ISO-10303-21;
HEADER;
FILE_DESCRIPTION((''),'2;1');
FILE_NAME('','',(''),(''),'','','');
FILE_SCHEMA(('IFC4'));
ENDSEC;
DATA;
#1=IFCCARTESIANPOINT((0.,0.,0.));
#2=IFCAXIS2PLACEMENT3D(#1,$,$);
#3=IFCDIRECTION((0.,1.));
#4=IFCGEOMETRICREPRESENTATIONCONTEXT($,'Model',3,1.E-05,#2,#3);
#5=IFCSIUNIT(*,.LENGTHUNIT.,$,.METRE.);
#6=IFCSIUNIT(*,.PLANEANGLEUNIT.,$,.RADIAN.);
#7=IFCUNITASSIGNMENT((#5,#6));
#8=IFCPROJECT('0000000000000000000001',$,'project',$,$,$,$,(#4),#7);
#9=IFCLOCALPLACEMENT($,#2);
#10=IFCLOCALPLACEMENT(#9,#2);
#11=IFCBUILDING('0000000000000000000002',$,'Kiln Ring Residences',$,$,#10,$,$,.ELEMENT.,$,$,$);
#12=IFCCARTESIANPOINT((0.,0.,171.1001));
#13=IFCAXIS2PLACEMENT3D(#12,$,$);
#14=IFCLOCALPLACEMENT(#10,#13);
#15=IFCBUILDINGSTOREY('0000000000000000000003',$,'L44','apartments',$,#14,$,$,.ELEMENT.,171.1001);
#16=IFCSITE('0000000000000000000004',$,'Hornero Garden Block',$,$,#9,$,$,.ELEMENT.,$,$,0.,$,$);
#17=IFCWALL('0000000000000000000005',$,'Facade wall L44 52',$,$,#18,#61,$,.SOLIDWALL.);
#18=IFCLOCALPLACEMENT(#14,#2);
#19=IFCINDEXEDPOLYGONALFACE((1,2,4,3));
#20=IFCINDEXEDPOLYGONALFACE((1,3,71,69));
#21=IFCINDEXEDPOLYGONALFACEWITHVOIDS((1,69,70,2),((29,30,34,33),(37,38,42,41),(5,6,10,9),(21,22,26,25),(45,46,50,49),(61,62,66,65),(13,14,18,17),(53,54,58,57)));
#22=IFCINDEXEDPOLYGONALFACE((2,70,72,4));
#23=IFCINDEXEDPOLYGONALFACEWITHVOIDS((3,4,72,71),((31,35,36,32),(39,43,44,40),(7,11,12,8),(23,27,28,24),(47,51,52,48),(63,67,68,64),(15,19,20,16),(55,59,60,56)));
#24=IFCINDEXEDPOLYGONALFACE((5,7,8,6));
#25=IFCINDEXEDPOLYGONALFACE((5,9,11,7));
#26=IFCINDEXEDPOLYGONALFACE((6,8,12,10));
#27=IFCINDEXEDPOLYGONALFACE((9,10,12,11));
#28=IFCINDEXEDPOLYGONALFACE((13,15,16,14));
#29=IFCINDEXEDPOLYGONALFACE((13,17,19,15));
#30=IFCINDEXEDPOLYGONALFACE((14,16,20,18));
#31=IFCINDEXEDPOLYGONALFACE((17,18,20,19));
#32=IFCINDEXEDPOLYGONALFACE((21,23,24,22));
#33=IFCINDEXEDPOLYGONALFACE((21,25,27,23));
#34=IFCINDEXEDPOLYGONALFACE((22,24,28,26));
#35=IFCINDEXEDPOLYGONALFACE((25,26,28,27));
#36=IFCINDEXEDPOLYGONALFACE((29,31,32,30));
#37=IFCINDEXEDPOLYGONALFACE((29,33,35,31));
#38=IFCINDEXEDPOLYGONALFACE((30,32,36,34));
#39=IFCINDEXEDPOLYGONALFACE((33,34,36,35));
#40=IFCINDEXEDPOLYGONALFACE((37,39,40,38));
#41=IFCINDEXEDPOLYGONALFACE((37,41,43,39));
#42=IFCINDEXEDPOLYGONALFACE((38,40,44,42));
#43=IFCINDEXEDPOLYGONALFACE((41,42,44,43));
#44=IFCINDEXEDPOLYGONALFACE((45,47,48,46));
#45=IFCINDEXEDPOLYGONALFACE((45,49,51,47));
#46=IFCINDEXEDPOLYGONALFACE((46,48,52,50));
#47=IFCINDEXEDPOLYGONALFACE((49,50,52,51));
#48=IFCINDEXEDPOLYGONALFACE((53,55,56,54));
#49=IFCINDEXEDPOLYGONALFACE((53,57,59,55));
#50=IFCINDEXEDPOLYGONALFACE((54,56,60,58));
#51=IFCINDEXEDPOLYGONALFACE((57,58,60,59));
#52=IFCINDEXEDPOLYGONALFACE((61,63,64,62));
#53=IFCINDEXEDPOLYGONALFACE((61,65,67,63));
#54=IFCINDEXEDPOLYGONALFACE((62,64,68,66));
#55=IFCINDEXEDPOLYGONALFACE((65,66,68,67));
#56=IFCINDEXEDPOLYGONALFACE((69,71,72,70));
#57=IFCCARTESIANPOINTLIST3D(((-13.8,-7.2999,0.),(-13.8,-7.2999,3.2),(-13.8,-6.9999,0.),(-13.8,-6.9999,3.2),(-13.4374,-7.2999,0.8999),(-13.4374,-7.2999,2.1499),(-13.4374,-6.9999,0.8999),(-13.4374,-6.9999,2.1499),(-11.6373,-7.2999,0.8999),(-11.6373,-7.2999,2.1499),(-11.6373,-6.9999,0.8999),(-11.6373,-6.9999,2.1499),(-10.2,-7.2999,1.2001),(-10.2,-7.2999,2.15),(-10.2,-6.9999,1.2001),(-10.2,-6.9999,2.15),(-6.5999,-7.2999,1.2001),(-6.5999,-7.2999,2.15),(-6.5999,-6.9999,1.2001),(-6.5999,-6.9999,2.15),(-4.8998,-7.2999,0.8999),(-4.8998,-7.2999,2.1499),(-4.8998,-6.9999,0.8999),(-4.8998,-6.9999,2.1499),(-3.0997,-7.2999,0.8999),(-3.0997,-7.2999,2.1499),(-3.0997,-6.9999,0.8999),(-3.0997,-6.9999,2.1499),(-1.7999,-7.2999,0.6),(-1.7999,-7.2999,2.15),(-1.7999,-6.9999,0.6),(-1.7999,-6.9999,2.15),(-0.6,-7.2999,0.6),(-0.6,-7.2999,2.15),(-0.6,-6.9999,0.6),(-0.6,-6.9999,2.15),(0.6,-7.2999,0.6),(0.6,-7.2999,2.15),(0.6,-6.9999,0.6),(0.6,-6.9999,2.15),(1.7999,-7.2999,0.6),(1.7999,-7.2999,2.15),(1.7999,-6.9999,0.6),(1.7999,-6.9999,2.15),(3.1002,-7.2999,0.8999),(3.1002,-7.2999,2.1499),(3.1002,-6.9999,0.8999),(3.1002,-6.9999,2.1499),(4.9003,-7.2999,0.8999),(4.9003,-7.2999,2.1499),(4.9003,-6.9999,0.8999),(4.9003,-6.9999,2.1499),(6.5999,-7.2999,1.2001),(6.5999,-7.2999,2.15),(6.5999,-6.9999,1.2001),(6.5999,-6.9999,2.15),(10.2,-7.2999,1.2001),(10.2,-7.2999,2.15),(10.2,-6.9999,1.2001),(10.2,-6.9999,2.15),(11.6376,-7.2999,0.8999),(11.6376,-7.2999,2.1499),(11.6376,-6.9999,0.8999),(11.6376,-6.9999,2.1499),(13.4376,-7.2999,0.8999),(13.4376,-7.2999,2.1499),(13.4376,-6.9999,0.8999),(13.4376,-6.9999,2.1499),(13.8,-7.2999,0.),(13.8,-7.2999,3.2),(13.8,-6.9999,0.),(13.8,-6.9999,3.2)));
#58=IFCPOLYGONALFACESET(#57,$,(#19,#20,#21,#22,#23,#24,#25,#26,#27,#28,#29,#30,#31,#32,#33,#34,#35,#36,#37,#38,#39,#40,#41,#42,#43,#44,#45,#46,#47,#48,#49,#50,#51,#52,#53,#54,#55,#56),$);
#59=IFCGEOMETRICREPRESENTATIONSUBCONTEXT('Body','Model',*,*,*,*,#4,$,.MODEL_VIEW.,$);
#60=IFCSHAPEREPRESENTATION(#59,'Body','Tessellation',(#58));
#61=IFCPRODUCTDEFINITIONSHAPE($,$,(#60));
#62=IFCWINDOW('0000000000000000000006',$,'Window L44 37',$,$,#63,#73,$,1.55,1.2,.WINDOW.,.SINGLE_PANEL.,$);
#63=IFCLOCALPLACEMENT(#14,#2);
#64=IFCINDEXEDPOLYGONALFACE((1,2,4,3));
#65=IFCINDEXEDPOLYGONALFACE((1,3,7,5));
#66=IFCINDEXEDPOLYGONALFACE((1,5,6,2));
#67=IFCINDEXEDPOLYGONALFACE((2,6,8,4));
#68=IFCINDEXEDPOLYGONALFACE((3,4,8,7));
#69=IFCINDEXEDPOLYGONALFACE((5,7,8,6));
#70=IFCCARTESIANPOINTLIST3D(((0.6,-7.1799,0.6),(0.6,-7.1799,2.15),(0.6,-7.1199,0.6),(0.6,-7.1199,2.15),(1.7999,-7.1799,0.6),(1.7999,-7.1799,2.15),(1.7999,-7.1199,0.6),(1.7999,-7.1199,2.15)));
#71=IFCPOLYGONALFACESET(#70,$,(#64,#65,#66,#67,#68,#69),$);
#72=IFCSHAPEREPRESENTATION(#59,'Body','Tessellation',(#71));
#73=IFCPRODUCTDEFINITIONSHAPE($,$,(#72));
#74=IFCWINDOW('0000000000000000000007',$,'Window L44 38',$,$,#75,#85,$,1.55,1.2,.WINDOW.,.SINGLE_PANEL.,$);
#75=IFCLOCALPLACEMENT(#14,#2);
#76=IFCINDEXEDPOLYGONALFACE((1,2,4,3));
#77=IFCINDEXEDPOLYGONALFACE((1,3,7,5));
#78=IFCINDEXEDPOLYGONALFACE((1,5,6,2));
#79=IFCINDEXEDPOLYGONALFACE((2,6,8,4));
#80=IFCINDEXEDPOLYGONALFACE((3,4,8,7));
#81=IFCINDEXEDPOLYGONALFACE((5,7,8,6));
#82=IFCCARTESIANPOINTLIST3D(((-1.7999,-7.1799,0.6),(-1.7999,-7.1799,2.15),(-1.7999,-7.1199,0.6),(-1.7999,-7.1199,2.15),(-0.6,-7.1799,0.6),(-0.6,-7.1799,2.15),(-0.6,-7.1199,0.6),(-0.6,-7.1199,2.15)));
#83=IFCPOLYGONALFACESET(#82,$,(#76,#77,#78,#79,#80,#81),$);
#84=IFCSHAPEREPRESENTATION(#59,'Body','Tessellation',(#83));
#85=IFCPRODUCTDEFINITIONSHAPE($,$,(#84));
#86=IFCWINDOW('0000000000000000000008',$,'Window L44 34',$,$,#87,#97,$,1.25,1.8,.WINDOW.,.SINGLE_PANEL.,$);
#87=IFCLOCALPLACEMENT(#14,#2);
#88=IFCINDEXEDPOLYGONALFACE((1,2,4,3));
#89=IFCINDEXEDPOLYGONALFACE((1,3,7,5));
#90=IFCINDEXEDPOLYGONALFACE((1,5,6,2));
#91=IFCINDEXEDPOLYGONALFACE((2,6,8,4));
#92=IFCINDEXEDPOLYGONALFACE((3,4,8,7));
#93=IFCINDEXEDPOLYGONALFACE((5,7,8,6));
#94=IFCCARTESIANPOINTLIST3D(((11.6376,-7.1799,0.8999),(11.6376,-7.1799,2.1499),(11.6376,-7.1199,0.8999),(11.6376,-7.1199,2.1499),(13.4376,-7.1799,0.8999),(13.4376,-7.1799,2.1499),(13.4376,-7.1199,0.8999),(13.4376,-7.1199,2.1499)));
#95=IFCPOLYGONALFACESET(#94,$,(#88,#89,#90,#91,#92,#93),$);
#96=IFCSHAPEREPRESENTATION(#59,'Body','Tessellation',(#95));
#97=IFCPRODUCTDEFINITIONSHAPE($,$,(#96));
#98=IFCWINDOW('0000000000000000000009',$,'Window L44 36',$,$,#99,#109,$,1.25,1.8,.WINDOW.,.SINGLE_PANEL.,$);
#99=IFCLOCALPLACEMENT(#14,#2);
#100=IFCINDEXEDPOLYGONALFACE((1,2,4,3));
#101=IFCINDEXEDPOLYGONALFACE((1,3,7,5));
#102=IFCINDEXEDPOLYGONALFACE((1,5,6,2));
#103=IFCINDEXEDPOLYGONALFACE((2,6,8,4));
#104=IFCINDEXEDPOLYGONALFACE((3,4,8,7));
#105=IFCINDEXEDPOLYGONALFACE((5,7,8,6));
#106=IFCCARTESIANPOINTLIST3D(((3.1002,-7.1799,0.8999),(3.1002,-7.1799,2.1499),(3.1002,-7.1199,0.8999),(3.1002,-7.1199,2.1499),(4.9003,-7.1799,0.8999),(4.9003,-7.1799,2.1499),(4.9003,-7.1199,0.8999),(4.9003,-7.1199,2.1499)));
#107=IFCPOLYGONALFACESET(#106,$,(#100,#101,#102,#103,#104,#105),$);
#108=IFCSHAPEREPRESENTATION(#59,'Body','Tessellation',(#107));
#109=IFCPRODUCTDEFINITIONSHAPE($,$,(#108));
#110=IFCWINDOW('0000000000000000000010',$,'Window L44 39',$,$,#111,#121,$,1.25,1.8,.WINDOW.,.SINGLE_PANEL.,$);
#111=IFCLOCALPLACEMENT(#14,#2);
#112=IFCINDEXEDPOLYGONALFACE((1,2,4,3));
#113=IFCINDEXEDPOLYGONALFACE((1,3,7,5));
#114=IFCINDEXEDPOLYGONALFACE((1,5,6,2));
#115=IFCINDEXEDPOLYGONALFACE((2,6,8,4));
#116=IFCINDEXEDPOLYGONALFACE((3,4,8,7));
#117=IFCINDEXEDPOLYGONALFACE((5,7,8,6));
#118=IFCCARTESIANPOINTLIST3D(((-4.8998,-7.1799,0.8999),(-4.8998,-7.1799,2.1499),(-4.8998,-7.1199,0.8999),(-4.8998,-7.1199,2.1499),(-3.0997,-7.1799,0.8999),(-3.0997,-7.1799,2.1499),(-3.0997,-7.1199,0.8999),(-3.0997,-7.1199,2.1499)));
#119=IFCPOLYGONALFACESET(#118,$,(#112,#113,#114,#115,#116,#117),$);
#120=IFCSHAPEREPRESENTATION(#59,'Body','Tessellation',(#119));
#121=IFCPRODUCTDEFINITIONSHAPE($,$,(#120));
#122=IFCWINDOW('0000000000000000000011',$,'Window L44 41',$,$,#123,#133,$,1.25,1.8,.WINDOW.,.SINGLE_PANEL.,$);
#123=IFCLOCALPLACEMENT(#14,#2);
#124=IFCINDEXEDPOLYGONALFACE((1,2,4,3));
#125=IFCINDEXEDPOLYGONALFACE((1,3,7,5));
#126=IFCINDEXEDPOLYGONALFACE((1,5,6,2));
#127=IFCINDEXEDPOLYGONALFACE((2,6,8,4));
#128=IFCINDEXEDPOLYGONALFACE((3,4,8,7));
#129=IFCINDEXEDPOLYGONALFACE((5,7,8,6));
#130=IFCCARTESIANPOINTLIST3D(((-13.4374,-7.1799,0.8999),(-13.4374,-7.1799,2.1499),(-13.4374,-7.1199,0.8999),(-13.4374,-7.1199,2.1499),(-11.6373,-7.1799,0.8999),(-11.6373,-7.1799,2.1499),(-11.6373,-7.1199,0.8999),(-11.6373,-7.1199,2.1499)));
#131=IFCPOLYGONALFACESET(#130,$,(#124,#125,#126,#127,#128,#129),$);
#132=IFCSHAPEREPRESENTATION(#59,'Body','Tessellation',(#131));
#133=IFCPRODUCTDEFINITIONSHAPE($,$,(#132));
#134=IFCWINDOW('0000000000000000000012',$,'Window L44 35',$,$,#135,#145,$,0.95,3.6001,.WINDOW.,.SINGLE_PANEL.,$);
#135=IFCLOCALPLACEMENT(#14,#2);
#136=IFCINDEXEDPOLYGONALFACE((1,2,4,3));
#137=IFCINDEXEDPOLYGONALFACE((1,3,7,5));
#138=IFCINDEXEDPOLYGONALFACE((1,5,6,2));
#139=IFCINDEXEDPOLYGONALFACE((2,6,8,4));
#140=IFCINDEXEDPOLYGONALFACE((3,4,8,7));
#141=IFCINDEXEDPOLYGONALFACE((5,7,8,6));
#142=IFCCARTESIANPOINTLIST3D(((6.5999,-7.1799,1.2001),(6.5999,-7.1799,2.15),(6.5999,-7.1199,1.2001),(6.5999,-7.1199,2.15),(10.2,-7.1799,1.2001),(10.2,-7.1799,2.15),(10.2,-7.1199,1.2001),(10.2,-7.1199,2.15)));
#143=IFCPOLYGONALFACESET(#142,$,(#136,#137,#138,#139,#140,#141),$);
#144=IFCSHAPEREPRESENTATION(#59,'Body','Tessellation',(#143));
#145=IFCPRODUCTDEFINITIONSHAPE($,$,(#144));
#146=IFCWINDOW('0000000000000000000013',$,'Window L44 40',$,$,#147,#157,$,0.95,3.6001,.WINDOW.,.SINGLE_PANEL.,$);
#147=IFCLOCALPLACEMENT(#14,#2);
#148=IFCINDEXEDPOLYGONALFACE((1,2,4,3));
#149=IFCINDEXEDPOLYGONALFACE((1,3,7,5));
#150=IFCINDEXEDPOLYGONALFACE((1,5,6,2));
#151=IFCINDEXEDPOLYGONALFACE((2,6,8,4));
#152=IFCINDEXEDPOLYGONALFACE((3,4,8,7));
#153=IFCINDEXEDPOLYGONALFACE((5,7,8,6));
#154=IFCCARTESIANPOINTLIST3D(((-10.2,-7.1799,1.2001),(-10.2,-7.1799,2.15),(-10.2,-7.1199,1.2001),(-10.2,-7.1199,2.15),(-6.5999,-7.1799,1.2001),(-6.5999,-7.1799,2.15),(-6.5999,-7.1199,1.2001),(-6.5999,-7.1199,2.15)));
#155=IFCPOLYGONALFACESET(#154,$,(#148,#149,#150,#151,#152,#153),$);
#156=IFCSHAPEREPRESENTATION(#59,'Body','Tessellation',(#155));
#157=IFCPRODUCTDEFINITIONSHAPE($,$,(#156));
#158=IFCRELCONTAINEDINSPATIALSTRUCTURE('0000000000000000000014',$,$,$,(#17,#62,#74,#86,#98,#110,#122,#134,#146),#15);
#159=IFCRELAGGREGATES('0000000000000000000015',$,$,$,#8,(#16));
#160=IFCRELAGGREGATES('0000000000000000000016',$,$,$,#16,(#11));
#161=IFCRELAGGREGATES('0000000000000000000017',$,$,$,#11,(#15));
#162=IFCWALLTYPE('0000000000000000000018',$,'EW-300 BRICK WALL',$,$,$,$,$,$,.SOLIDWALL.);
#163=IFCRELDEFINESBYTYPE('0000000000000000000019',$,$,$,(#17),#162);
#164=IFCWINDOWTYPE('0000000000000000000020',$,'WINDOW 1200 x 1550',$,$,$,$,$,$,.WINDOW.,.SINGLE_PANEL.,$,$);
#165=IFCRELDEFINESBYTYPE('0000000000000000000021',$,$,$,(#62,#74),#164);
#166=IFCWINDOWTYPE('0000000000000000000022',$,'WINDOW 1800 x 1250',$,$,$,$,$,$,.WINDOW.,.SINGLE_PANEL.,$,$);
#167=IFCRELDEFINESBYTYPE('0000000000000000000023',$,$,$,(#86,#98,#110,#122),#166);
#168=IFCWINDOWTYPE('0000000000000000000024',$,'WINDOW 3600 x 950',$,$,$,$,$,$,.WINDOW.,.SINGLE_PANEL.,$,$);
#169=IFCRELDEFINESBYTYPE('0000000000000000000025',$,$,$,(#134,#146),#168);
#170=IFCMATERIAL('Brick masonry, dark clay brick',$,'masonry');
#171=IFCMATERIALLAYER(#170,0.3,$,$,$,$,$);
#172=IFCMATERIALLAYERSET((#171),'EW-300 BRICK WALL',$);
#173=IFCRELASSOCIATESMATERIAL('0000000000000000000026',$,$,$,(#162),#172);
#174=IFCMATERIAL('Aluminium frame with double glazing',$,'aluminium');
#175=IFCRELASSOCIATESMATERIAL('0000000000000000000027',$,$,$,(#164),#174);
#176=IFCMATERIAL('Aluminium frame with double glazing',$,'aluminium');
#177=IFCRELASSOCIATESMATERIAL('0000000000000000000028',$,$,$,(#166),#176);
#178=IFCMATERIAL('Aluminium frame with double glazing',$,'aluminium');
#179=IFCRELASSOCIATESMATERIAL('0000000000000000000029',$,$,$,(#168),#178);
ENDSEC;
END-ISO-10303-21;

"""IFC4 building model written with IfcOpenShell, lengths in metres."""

from ifc_helpers import new_model, si_unit, direction, frame, frame_2d, origin, place, context, subcontext, project, spatial, rectangle, extrude, material, layer, layer_set, type_object, element, fill, save


model = new_model("IFC4")

# Units and contexts
model_context = context("Model", 3, precision=1e-05, world=origin(), true_north=direction((0.0, 1.0)))
body_context = subcontext(model_context, "Body", "Model", "MODEL_VIEW")
ifc_project = project(units=[si_unit("LENGTHUNIT", "METRE"), si_unit("PLANEANGLEUNIT", "RADIAN")], contexts=[model_context])

# Site, building, storey
site_placement = place(None, origin())
site = spatial("IfcSite", under=ifc_project, at=site_placement, Name="Hornero Garden Block", CompositionType="ELEMENT", RefElevation=0.0)
building_placement = place(site_placement, origin())
building = spatial("IfcBuilding", under=site, at=building_placement, Name="Kiln Ring Residences", CompositionType="ELEMENT")
storey_placement = place(building_placement, frame((0.0, 0.0, 171.1001)))
storey = spatial("IfcBuildingStorey", under=building, at=storey_placement, Name="L44", Description="apartments", CompositionType="ELEMENT", Elevation=171.1001)

# Wall, openings, windows
ifc_material_1 = material(Name="Brick masonry, dark clay brick", Category="masonry")
ifc_layer_1 = layer(ifc_material_1, 0.3)
ifc_layer_set_1 = layer_set([ifc_layer_1], Name="EW-300 BRICK WALL")
wall_type = type_object("IfcWallType", Name="EW-300 BRICK WALL", PredefinedType="SOLIDWALL", material=ifc_layer_set_1)
wall_1_placement = place(storey_placement, frame((13.8, -7.1499, 0.0), z_axis=(0.0, 0.0, 1.0), x_axis=(-1.0, 0.0, 0.0)))
wall_1 = element("IfcWall", 1, at=wall_1_placement, inside=storey, type_object=wall_type, Name="Facade wall L44 52", PredefinedType="SOLIDWALL", context=body_context, shape_type="SweptSolid", body=[
    extrude(rectangle(XDim=27.6001, YDim=0.3, at=frame_2d((13.8, 0.0))), origin(), (0.0, 0.0, 1.0), 3.2),
])
opening_1_placement = place(wall_1_placement, frame((0.3625, 0.0, 0.8999)))
opening_1 = element("IfcOpeningElement", 2, at=opening_1_placement, cuts=wall_1, PredefinedType="OPENING", context=body_context, shape_type="SweptSolid", body=[
    extrude(rectangle(XDim=1.8, YDim=1.25, at=frame_2d((0.8999, 0.625))), frame((0.0, 0.1599, 0.0), z_axis=(0.0, -1.0, 0.0), x_axis=(1.0, 0.0, 0.0)), (0.0, 0.0, 1.0), 0.3201),
])
opening_2_placement = place(wall_1_placement, frame((3.6001, 0.0, 1.2)))
opening_2 = element("IfcOpeningElement", 3, at=opening_2_placement, cuts=wall_1, PredefinedType="OPENING", context=body_context, shape_type="SweptSolid", body=[
    extrude(rectangle(XDim=3.6001, YDim=0.95, at=frame_2d((1.8, 0.4751))), frame((0.0, 0.1599, 0.0), z_axis=(0.0, -1.0, 0.0), x_axis=(1.0, 0.0, 0.0)), (0.0, 0.0, 1.0), 0.3201),
])
opening_3_placement = place(wall_1_placement, frame((8.8999, 0.0, 0.8999)))
opening_3 = element("IfcOpeningElement", 4, at=opening_3_placement, cuts=wall_1, PredefinedType="OPENING", context=body_context, shape_type="SweptSolid", body=[
    extrude(rectangle(XDim=1.8, YDim=1.25, at=frame_2d((0.8999, 0.625))), frame((0.0, 0.1599, 0.0), z_axis=(0.0, -1.0, 0.0), x_axis=(1.0, 0.0, 0.0)), (0.0, 0.0, 1.0), 0.3201),
])
opening_4_placement = place(wall_1_placement, frame((12.0, 0.0, 0.6001)))
opening_4 = element("IfcOpeningElement", 5, at=opening_4_placement, cuts=wall_1, PredefinedType="OPENING", context=body_context, shape_type="SweptSolid", body=[
    extrude(rectangle(XDim=1.2, YDim=1.55, at=frame_2d((0.6001, 0.7749))), frame((0.0, 0.1599, 0.0), z_axis=(0.0, -1.0, 0.0), x_axis=(1.0, 0.0, 0.0)), (0.0, 0.0, 1.0), 0.3201),
])
opening_5_placement = place(wall_1_placement, frame((14.3999, 0.0, 0.6001)))
opening_5 = element("IfcOpeningElement", 6, at=opening_5_placement, cuts=wall_1, PredefinedType="OPENING", context=body_context, shape_type="SweptSolid", body=[
    extrude(rectangle(XDim=1.2, YDim=1.55, at=frame_2d((0.6001, 0.7749))), frame((0.0, 0.1599, 0.0), z_axis=(0.0, -1.0, 0.0), x_axis=(1.0, 0.0, 0.0)), (0.0, 0.0, 1.0), 0.3201),
])
opening_6_placement = place(wall_1_placement, frame((16.8999, 0.0, 0.8999)))
opening_6 = element("IfcOpeningElement", 7, at=opening_6_placement, cuts=wall_1, PredefinedType="OPENING", context=body_context, shape_type="SweptSolid", body=[
    extrude(rectangle(XDim=1.8, YDim=1.25, at=frame_2d((0.8999, 0.625))), frame((0.0, 0.1599, 0.0), z_axis=(0.0, -1.0, 0.0), x_axis=(1.0, 0.0, 0.0)), (0.0, 0.0, 1.0), 0.3201),
])
opening_7_placement = place(wall_1_placement, frame((20.3999, 0.0, 1.2)))
opening_7 = element("IfcOpeningElement", 8, at=opening_7_placement, cuts=wall_1, PredefinedType="OPENING", context=body_context, shape_type="SweptSolid", body=[
    extrude(rectangle(XDim=3.6001, YDim=0.95, at=frame_2d((1.8, 0.4751))), frame((0.0, 0.1599, 0.0), z_axis=(0.0, -1.0, 0.0), x_axis=(1.0, 0.0, 0.0)), (0.0, 0.0, 1.0), 0.3201),
])
opening_8_placement = place(wall_1_placement, frame((25.4375, 0.0, 0.8999)))
opening_8 = element("IfcOpeningElement", 9, at=opening_8_placement, cuts=wall_1, PredefinedType="OPENING", context=body_context, shape_type="SweptSolid", body=[
    extrude(rectangle(XDim=1.8, YDim=1.25, at=frame_2d((0.8999, 0.625))), frame((0.0, 0.1599, 0.0), z_axis=(0.0, -1.0, 0.0), x_axis=(1.0, 0.0, 0.0)), (0.0, 0.0, 1.0), 0.3201),
])
ifc_material_2 = material(Name="Aluminium frame with double glazing", Category="aluminium")
window_type_1 = type_object("IfcWindowType", Name="WINDOW 1200 x 1550", PartitioningType="SINGLE_PANEL", PredefinedType="WINDOW", material=ifc_material_2)
window_1_placement = place(opening_4_placement, origin())
window_1 = element("IfcWindow", 10, at=window_1_placement, inside=storey, type_object=window_type_1, Name="Window L44 37", OverallHeight=1.55, OverallWidth=1.2, PartitioningType="SINGLE_PANEL", PredefinedType="WINDOW", context=body_context, shape_type="SweptSolid", body=[
    extrude(rectangle(XDim=1.2, YDim=1.55, at=frame_2d((0.6001, 0.7749))), frame((0.0, 0.03, 0.0), z_axis=(0.0, -1.0, 0.0), x_axis=(1.0, 0.0, 0.0)), (0.0, 0.0, 1.0), 0.0601),
])
fill(opening_4, window_1)
window_2_placement = place(opening_5_placement, origin())
window_2 = element("IfcWindow", 11, at=window_2_placement, inside=storey, type_object=window_type_1, Name="Window L44 38", OverallHeight=1.55, OverallWidth=1.2, PartitioningType="SINGLE_PANEL", PredefinedType="WINDOW", context=body_context, shape_type="SweptSolid", body=[
    extrude(rectangle(XDim=1.2, YDim=1.55, at=frame_2d((0.6001, 0.7749))), frame((0.0, 0.03, 0.0), z_axis=(0.0, -1.0, 0.0), x_axis=(1.0, 0.0, 0.0)), (0.0, 0.0, 1.0), 0.0601),
])
fill(opening_5, window_2)
ifc_material_3 = material(Name="Aluminium frame with double glazing", Category="aluminium")
window_type_2 = type_object("IfcWindowType", Name="WINDOW 1800 x 1250", PartitioningType="SINGLE_PANEL", PredefinedType="WINDOW", material=ifc_material_3)
window_3_placement = place(opening_1_placement, origin())
window_3 = element("IfcWindow", 12, at=window_3_placement, inside=storey, type_object=window_type_2, Name="Window L44 34", OverallHeight=1.25, OverallWidth=1.8, PartitioningType="SINGLE_PANEL", PredefinedType="WINDOW", context=body_context, shape_type="SweptSolid", body=[
    extrude(rectangle(XDim=1.8, YDim=1.25, at=frame_2d((0.8999, 0.625))), frame((0.0, 0.03, 0.0), z_axis=(0.0, -1.0, 0.0), x_axis=(1.0, 0.0, 0.0)), (0.0, 0.0, 1.0), 0.0601),
])
fill(opening_1, window_3)
window_4_placement = place(opening_3_placement, origin())
window_4 = element("IfcWindow", 13, at=window_4_placement, inside=storey, type_object=window_type_2, Name="Window L44 36", OverallHeight=1.25, OverallWidth=1.8, PartitioningType="SINGLE_PANEL", PredefinedType="WINDOW", context=body_context, shape_type="SweptSolid", body=[
    extrude(rectangle(XDim=1.8, YDim=1.25, at=frame_2d((0.8999, 0.625))), frame((0.0, 0.03, 0.0), z_axis=(0.0, -1.0, 0.0), x_axis=(1.0, 0.0, 0.0)), (0.0, 0.0, 1.0), 0.0601),
])
fill(opening_3, window_4)
window_5_placement = place(opening_6_placement, origin())
window_5 = element("IfcWindow", 14, at=window_5_placement, inside=storey, type_object=window_type_2, Name="Window L44 39", OverallHeight=1.25, OverallWidth=1.8, PartitioningType="SINGLE_PANEL", PredefinedType="WINDOW", context=body_context, shape_type="SweptSolid", body=[
    extrude(rectangle(XDim=1.8, YDim=1.25, at=frame_2d((0.8999, 0.625))), frame((0.0, 0.03, 0.0), z_axis=(0.0, -1.0, 0.0), x_axis=(1.0, 0.0, 0.0)), (0.0, 0.0, 1.0), 0.0601),
])
fill(opening_6, window_5)
window_6_placement = place(opening_8_placement, origin())
window_6 = element("IfcWindow", 15, at=window_6_placement, inside=storey, type_object=window_type_2, Name="Window L44 41", OverallHeight=1.25, OverallWidth=1.8, PartitioningType="SINGLE_PANEL", PredefinedType="WINDOW", context=body_context, shape_type="SweptSolid", body=[
    extrude(rectangle(XDim=1.8, YDim=1.25, at=frame_2d((0.8999, 0.625))), frame((0.0, 0.03, 0.0), z_axis=(0.0, -1.0, 0.0), x_axis=(1.0, 0.0, 0.0)), (0.0, 0.0, 1.0), 0.0601),
])
fill(opening_8, window_6)
ifc_material_4 = material(Name="Aluminium frame with double glazing", Category="aluminium")
window_type_3 = type_object("IfcWindowType", Name="WINDOW 3600 x 950", PartitioningType="SINGLE_PANEL", PredefinedType="WINDOW", material=ifc_material_4)
window_7_placement = place(opening_2_placement, origin())
window_7 = element("IfcWindow", 16, at=window_7_placement, inside=storey, type_object=window_type_3, Name="Window L44 35", OverallHeight=0.95, OverallWidth=3.6001, PartitioningType="SINGLE_PANEL", PredefinedType="WINDOW", context=body_context, shape_type="SweptSolid", body=[
    extrude(rectangle(XDim=3.6001, YDim=0.95, at=frame_2d((1.8, 0.4751))), frame((0.0, 0.03, 0.0), z_axis=(0.0, -1.0, 0.0), x_axis=(1.0, 0.0, 0.0)), (0.0, 0.0, 1.0), 0.0601),
])
fill(opening_2, window_7)
window_8_placement = place(opening_7_placement, origin())
window_8 = element("IfcWindow", 17, at=window_8_placement, inside=storey, type_object=window_type_3, Name="Window L44 40", OverallHeight=0.95, OverallWidth=3.6001, PartitioningType="SINGLE_PANEL", PredefinedType="WINDOW", context=body_context, shape_type="SweptSolid", body=[
    extrude(rectangle(XDim=3.6001, YDim=0.95, at=frame_2d((1.8, 0.4751))), frame((0.0, 0.03, 0.0), z_axis=(0.0, -1.0, 0.0), x_axis=(1.0, 0.0, 0.0)), (0.0, 0.0, 1.0), 0.0601),
])
fill(opening_7, window_8)

save(model, "model.ifc")
